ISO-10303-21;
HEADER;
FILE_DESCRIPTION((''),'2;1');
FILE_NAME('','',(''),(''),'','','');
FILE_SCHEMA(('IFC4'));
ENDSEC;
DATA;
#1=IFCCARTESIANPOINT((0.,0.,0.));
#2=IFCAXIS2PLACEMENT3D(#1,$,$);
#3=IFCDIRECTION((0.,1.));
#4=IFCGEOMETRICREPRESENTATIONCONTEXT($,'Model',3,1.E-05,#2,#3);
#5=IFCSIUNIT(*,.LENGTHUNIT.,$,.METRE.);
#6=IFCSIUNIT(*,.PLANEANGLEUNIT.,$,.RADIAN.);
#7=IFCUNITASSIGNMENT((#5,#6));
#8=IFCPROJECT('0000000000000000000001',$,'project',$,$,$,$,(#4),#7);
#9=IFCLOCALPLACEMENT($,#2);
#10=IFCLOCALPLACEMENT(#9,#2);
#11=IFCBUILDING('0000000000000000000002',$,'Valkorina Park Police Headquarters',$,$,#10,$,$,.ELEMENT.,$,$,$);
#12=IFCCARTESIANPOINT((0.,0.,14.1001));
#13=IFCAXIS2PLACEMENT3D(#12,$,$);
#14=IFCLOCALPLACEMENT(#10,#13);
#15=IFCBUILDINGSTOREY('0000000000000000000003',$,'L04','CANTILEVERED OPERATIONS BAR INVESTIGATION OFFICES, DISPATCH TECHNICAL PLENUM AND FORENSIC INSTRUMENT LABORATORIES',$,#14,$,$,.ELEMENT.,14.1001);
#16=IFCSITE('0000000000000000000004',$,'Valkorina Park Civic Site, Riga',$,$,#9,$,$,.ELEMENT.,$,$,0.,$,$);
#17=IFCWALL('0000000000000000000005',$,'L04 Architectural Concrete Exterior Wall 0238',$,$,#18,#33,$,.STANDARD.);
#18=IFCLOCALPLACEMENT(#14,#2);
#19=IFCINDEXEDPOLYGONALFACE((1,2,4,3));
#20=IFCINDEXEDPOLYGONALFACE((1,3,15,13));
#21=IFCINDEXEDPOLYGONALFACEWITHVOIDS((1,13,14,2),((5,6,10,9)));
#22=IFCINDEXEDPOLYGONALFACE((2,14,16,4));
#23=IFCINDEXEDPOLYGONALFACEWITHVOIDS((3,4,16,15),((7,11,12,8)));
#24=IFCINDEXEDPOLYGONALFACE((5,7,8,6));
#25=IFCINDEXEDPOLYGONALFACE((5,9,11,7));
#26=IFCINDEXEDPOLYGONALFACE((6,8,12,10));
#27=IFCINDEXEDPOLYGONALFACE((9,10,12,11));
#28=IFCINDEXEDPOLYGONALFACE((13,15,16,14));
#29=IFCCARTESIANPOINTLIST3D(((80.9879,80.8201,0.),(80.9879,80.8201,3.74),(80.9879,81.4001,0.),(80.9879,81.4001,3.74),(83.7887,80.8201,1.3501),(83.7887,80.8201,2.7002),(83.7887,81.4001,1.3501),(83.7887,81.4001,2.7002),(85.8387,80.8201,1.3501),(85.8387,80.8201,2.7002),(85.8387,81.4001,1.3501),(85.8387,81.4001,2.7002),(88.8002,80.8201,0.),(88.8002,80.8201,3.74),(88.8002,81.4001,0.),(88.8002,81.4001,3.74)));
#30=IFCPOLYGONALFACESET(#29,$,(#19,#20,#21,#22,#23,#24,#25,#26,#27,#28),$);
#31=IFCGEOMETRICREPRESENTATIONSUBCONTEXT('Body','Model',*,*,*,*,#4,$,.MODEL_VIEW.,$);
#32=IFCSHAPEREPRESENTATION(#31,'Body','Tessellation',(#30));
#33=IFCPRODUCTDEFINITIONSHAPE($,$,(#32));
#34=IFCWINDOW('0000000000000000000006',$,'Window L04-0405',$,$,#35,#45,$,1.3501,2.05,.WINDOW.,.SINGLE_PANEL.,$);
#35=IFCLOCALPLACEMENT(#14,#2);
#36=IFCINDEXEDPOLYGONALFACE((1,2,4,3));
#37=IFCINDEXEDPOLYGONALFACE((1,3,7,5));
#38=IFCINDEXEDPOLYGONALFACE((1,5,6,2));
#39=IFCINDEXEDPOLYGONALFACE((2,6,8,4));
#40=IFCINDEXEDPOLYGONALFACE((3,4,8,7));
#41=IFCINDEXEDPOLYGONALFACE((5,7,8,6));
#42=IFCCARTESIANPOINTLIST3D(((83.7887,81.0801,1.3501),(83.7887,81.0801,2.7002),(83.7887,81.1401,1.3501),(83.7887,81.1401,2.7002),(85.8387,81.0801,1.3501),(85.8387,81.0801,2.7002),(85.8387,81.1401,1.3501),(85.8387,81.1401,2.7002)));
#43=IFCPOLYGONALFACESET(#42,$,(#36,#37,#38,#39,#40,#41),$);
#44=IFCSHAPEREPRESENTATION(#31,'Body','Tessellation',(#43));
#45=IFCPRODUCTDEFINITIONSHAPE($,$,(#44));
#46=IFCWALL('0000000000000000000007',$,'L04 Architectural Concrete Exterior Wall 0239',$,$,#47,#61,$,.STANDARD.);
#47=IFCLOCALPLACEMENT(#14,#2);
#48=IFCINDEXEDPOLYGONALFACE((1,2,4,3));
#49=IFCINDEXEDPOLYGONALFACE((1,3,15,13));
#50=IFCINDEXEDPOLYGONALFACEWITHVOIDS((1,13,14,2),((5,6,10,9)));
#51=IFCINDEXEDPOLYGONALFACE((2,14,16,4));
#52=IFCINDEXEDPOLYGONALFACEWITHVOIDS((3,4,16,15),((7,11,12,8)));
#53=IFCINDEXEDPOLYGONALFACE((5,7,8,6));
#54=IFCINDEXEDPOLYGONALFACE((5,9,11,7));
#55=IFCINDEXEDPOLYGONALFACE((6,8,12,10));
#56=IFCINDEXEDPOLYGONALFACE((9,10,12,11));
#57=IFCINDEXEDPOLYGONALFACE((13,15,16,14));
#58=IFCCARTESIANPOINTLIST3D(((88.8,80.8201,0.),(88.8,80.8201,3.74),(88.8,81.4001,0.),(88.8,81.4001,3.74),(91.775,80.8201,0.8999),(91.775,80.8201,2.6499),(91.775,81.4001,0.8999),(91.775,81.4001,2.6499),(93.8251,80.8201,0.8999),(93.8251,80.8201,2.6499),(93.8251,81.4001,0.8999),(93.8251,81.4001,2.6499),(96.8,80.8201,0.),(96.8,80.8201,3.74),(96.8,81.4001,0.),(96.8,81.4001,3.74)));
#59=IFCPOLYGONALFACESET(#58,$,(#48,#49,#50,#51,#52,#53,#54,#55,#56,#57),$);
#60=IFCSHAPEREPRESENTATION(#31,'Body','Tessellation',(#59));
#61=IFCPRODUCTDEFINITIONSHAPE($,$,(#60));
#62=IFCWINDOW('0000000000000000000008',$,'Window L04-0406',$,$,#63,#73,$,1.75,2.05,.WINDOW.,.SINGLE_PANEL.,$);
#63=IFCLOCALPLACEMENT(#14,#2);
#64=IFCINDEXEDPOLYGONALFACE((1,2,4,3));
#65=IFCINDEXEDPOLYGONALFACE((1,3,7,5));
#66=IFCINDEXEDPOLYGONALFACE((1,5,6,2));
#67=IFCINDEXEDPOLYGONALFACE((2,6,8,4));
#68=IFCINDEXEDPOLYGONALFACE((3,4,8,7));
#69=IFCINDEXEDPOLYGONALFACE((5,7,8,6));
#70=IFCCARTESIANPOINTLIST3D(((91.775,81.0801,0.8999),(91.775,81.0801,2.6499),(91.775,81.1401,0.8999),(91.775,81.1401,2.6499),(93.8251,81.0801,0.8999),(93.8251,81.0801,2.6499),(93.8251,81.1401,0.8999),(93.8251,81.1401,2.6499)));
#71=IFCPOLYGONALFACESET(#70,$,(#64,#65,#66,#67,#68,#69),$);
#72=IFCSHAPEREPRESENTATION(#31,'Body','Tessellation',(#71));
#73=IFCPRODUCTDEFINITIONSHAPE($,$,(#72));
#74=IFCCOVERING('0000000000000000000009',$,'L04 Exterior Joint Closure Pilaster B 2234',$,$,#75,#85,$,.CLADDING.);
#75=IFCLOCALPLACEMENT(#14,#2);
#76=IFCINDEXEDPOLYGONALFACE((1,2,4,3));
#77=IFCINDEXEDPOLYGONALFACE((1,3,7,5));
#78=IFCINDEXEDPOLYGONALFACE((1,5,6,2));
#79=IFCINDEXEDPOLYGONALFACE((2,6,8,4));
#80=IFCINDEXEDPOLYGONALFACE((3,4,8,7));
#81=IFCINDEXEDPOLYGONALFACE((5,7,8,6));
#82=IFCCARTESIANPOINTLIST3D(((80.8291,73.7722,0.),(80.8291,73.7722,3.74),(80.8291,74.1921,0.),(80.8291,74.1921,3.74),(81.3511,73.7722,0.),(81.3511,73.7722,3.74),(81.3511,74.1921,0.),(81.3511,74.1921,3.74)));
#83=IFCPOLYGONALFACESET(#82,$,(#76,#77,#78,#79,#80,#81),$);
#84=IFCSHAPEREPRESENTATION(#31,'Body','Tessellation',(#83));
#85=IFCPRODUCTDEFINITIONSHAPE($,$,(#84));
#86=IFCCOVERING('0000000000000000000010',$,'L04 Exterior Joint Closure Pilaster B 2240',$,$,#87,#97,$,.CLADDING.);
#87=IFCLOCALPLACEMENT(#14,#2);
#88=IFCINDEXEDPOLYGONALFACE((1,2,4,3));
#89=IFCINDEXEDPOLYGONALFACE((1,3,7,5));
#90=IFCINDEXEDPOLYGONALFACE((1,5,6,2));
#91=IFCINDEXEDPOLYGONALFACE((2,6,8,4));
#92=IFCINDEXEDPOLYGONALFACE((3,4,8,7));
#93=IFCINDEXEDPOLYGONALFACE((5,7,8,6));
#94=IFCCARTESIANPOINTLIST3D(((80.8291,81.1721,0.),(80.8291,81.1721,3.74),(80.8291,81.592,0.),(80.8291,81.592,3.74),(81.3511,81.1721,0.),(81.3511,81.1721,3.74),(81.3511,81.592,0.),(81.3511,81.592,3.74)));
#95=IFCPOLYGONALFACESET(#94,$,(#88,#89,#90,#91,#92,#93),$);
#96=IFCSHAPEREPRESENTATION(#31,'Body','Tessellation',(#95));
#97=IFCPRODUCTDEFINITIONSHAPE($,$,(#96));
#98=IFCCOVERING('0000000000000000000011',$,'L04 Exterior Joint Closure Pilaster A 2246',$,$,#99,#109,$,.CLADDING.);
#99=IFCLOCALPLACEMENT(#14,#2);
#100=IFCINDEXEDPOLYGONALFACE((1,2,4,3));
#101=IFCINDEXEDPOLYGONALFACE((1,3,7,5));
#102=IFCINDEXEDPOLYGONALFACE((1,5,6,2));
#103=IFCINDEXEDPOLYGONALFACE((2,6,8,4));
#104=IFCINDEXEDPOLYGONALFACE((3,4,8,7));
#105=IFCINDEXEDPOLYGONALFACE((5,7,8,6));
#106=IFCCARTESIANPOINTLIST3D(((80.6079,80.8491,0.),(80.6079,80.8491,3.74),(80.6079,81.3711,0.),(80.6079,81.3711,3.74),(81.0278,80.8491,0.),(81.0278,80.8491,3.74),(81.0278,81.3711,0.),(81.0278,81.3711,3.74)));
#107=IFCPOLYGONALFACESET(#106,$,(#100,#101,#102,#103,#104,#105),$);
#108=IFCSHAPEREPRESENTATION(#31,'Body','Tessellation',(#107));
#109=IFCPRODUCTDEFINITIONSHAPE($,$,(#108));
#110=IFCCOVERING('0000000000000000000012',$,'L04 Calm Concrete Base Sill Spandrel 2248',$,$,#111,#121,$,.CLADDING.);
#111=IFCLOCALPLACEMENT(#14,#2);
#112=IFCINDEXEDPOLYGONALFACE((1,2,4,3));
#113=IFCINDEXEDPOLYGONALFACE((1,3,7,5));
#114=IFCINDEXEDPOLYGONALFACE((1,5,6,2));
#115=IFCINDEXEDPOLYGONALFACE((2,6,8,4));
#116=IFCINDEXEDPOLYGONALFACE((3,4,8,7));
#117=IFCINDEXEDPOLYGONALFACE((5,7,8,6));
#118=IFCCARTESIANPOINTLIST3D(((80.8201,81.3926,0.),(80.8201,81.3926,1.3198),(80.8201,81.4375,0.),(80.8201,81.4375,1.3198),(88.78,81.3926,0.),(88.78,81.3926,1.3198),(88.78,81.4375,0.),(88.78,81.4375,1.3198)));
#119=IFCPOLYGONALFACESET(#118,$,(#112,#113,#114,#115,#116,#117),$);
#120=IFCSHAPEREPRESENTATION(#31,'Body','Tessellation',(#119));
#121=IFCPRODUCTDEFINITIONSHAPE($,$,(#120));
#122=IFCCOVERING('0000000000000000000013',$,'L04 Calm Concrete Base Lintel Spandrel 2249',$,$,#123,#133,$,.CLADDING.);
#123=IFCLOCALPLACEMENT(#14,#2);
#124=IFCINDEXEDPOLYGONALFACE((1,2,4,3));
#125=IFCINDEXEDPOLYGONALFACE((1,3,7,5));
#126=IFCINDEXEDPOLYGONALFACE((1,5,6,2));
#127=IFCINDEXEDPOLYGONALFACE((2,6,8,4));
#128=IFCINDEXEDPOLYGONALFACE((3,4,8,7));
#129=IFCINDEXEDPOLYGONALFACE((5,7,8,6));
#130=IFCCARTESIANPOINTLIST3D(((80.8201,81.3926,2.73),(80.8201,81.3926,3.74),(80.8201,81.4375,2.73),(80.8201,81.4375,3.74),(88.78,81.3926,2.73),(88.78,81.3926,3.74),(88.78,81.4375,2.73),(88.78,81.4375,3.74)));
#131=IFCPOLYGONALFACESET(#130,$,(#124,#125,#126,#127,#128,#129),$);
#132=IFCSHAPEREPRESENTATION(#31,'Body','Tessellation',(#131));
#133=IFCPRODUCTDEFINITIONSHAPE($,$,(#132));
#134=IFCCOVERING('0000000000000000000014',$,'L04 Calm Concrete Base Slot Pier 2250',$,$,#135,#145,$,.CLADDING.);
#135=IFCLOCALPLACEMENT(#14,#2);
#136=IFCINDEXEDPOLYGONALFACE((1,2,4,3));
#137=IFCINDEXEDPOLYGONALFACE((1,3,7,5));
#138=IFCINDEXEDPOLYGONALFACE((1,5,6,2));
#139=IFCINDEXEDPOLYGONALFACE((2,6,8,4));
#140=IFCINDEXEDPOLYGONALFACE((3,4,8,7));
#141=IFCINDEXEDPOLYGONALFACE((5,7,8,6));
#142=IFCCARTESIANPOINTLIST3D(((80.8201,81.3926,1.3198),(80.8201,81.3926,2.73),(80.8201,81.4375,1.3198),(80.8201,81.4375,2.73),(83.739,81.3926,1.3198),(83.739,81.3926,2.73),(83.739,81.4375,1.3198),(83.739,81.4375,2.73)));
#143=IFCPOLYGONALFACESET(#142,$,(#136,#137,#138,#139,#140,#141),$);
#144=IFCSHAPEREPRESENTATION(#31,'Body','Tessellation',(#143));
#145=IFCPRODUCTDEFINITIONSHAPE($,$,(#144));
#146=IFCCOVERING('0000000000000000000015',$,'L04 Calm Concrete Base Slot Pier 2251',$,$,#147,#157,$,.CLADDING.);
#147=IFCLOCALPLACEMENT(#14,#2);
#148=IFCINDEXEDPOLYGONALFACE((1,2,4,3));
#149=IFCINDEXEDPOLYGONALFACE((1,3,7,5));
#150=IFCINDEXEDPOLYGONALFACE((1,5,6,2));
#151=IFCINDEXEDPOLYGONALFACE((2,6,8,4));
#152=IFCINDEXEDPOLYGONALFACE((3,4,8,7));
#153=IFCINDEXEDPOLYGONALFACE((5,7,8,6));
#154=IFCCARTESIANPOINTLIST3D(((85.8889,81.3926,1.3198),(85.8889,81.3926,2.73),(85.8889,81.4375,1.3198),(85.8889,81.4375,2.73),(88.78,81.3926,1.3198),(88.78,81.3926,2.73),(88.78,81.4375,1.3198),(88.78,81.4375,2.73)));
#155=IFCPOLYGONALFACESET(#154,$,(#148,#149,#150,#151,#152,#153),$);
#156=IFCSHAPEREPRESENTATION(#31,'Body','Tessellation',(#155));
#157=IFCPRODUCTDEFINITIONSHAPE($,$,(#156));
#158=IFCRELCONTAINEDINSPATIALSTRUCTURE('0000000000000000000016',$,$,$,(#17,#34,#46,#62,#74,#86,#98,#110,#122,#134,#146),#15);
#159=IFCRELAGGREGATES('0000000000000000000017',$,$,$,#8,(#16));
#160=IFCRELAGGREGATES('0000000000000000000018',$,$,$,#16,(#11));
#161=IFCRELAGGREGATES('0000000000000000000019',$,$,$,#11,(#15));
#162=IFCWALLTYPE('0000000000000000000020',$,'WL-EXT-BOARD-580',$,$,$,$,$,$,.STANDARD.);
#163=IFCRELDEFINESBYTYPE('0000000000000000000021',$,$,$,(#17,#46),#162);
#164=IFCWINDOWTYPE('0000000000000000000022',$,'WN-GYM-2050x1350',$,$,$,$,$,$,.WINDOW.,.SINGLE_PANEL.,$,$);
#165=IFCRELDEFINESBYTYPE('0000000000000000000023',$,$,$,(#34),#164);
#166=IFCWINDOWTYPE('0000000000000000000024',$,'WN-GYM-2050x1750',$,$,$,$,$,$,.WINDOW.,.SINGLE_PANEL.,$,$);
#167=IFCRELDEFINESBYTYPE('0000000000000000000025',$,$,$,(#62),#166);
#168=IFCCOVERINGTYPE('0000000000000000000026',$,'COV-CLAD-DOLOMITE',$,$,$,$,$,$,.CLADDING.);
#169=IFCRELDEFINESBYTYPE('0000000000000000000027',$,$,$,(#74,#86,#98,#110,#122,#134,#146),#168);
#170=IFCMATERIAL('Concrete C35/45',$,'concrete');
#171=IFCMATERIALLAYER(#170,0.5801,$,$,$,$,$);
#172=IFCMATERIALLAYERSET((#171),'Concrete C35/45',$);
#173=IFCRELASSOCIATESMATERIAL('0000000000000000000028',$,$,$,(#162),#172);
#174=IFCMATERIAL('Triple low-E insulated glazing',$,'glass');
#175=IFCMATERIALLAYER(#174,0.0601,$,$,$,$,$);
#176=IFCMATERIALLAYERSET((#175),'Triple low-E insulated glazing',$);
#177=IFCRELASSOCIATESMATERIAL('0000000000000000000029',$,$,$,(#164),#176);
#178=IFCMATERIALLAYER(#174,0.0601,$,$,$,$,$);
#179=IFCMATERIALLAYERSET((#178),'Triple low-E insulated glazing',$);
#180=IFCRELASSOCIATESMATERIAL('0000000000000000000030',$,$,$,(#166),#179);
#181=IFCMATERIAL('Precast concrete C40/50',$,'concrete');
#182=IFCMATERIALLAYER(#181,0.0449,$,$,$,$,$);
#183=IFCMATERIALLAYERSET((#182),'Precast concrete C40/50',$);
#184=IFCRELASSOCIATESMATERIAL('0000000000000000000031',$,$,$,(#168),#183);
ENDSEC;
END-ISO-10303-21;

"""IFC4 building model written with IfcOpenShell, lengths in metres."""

from ifc_helpers import new_model, si_unit, direction, frame, frame_2d, origin, origin_2d, place, context, subcontext, project, spatial, rectangle, extrude, material, layer, layer_set, type_object, element, fill, save


model = new_model("IFC4")

# Units and contexts
model_context = context("Model", 3, precision=1e-05, world=origin(), true_north=direction((0.0, 1.0)))
body_context = subcontext(model_context, "Body", "Model", "MODEL_VIEW")
ifc_project = project(units=[si_unit("LENGTHUNIT", "METRE"), si_unit("PLANEANGLEUNIT", "RADIAN")], contexts=[model_context])

# Site, building, storey
site_placement = place(None, origin())
site = spatial("IfcSite", under=ifc_project, at=site_placement, Name="Valkorina Park Civic Site, Riga", CompositionType="ELEMENT", RefElevation=0.0)
building_placement = place(site_placement, origin())
building = spatial("IfcBuilding", under=site, at=building_placement, Name="Valkorina Park Police Headquarters", CompositionType="ELEMENT")
storey_placement = place(building_placement, frame((0.0, 0.0, 14.1001)))
storey = spatial("IfcBuildingStorey", under=building, at=storey_placement, Name="L04", Description="CANTILEVERED OPERATIONS BAR INVESTIGATION OFFICES, DISPATCH TECHNICAL PLENUM AND FORENSIC INSTRUMENT LABORATORIES", CompositionType="ELEMENT", Elevation=14.1001)

# Shared definitions
ifc_material_1 = material(Name="Concrete C35/45", Category="concrete")
ifc_layer_1 = layer(ifc_material_1, 0.5801)
ifc_layer_set_1 = layer_set([ifc_layer_1], Name="Concrete C35/45")
wall_type_1 = type_object("IfcWallType", Name="WL-EXT-BOARD-580", PredefinedType="STANDARD", material=ifc_layer_set_1)
ifc_material_2 = material(Name="Triple low-E insulated glazing", Category="glass")

# Walls, openings, windows
wall_1_placement = place(storey_placement, frame((80.9878, 81.1101, 0.0), z_axis=(0.0, 0.0, 1.0), x_axis=(1.0, 0.0, 0.0)))
wall_1 = element("IfcWall", 1, at=wall_1_placement, inside=storey, type_object=wall_type_1, Name="L04 Architectural Concrete Exterior Wall 0238", PredefinedType="STANDARD", context=body_context, shape_type="SweptSolid", body=[
    extrude(rectangle(XDim=7.8123, YDim=0.5801, at=frame_2d((3.9062, 0.0))), origin(), (0.0, 0.0, 1.0), 3.74),
])
opening_1_placement = place(wall_1_placement, frame((2.801, 0.0, 1.3501)))
opening_1 = element("IfcOpeningElement", 2, at=opening_1_placement, cuts=wall_1, PredefinedType="OPENING", context=body_context, shape_type="SweptSolid", body=[
    extrude(rectangle(XDim=2.05, YDim=1.3501, at=frame_2d((1.0249, 0.675))), frame((0.0, 0.3, 0.0), z_axis=(0.0, -1.0, 0.0), x_axis=(1.0, 0.0, 0.0)), (0.0, 0.0, 1.0), 0.6001),
])
ifc_layer_2 = layer(ifc_material_2, 0.0601)
ifc_layer_set_2 = layer_set([ifc_layer_2], Name="Triple low-E insulated glazing")
window_type_1 = type_object("IfcWindowType", Name="WN-GYM-2050x1350", PartitioningType="SINGLE_PANEL", PredefinedType="WINDOW", material=ifc_layer_set_2)
window_1_placement = place(opening_1_placement, origin())
window_1 = element("IfcWindow", 3, at=window_1_placement, inside=storey, type_object=window_type_1, Name="Window L04-0405", OverallHeight=1.3501, OverallWidth=2.05, PartitioningType="SINGLE_PANEL", PredefinedType="WINDOW", context=body_context, shape_type="SweptSolid", body=[
    extrude(rectangle(XDim=2.05, YDim=1.3501, at=frame_2d((1.0249, 0.675))), frame((0.0, 0.03, 0.0), z_axis=(0.0, -1.0, 0.0), x_axis=(1.0, 0.0, 0.0)), (0.0, 0.0, 1.0), 0.0601),
])
fill(opening_1, window_1)
wall_2_placement = place(storey_placement, frame((88.8, 81.1101, 0.0), z_axis=(0.0, 0.0, 1.0), x_axis=(1.0, 0.0, 0.0)))
wall_2 = element("IfcWall", 4, at=wall_2_placement, inside=storey, type_object=wall_type_1, Name="L04 Architectural Concrete Exterior Wall 0239", PredefinedType="STANDARD", context=body_context, shape_type="SweptSolid", body=[
    extrude(rectangle(XDim=8.0, YDim=0.5801, at=frame_2d((4.0, 0.0))), origin(), (0.0, 0.0, 1.0), 3.74),
])
opening_2_placement = place(wall_2_placement, frame((2.9751, 0.0, 0.8999)))
opening_2 = element("IfcOpeningElement", 5, at=opening_2_placement, cuts=wall_2, PredefinedType="OPENING", context=body_context, shape_type="SweptSolid", body=[
    extrude(rectangle(XDim=2.05, YDim=1.75, at=frame_2d((1.0249, 0.875))), frame((0.0, 0.3, 0.0), z_axis=(0.0, -1.0, 0.0), x_axis=(1.0, 0.0, 0.0)), (0.0, 0.0, 1.0), 0.6001),
])
ifc_layer_3 = layer(ifc_material_2, 0.0601)
ifc_layer_set_3 = layer_set([ifc_layer_3], Name="Triple low-E insulated glazing")
window_type_2 = type_object("IfcWindowType", Name="WN-GYM-2050x1750", PartitioningType="SINGLE_PANEL", PredefinedType="WINDOW", material=ifc_layer_set_3)
window_2_placement = place(opening_2_placement, origin())
window_2 = element("IfcWindow", 6, at=window_2_placement, inside=storey, type_object=window_type_2, Name="Window L04-0406", OverallHeight=1.75, OverallWidth=2.05, PartitioningType="SINGLE_PANEL", PredefinedType="WINDOW", context=body_context, shape_type="SweptSolid", body=[
    extrude(rectangle(XDim=2.05, YDim=1.75, at=frame_2d((1.0249, 0.875))), frame((0.0, 0.03, 0.0), z_axis=(0.0, -1.0, 0.0), x_axis=(1.0, 0.0, 0.0)), (0.0, 0.0, 1.0), 0.0601),
])
fill(opening_2, window_2)

# Coverings
ifc_material_3 = material(Name="Precast concrete C40/50", Category="concrete")
ifc_layer_4 = layer(ifc_material_3, 0.0449)
ifc_layer_set_4 = layer_set([ifc_layer_4], Name="Precast concrete C40/50")
covering_type = type_object("IfcCoveringType", Name="COV-CLAD-DOLOMITE", PredefinedType="CLADDING", material=ifc_layer_set_4)
for number, where, z_axis, x_axis, name in (
    (7, (81.0901, 73.9822, 0.0), (0.0, 0.0, 1.0), (0.0, 1.0, 0.0), "L04 Exterior Joint Closure Pilaster B 2234"),
    (8, (81.0901, 81.3821, 0.0), (0.0, 0.0, 1.0), (0.0, 1.0, 0.0), "L04 Exterior Joint Closure Pilaster B 2240"),
    (9, (80.8179, 81.1101, 0.0), (0.0, 0.0, 1.0), (1.0, 0.0, 0.0), "L04 Exterior Joint Closure Pilaster A 2246"),
):
    element("IfcCovering", number, at=place(storey_placement, frame(where, z_axis=z_axis, x_axis=x_axis)), inside=storey, type_object=covering_type, Name=name, PredefinedType="CLADDING", context=body_context, shape_type="SweptSolid", body=[
        extrude(rectangle(XDim=0.4199, YDim=0.522, at=origin_2d()), origin(), (0.0, 0.0, 1.0), 3.74),
    ])
covering_1_placement = place(storey_placement, frame((80.8201, 81.415, 0.0), z_axis=(0.0, 0.0, 1.0), x_axis=(1.0, 0.0, 0.0)))
element("IfcCovering", 10, at=covering_1_placement, inside=storey, type_object=covering_type, Name="L04 Calm Concrete Base Sill Spandrel 2248", PredefinedType="CLADDING", context=body_context, shape_type="SweptSolid", body=[
    extrude(rectangle(XDim=7.96, YDim=0.0449, at=frame_2d((3.98, 0.0))), origin(), (0.0, 0.0, 1.0), 1.3198),
])
covering_2_placement = place(storey_placement, frame((80.8201, 81.415, 2.73), z_axis=(0.0, 0.0, 1.0), x_axis=(1.0, 0.0, 0.0)))
element("IfcCovering", 11, at=covering_2_placement, inside=storey, type_object=covering_type, Name="L04 Calm Concrete Base Lintel Spandrel 2249", PredefinedType="CLADDING", context=body_context, shape_type="SweptSolid", body=[
    extrude(rectangle(XDim=7.96, YDim=0.0449, at=frame_2d((3.98, 0.0))), origin(), (0.0, 0.0, 1.0), 1.01),
])
covering_3_placement = place(storey_placement, frame((80.8201, 81.415, 1.3198), z_axis=(0.0, 0.0, 1.0), x_axis=(1.0, 0.0, 0.0)))
element("IfcCovering", 12, at=covering_3_placement, inside=storey, type_object=covering_type, Name="L04 Calm Concrete Base Slot Pier 2250", PredefinedType="CLADDING", context=body_context, shape_type="SweptSolid", body=[
    extrude(rectangle(XDim=2.9189, YDim=0.0449, at=frame_2d((1.4595, 0.0))), origin(), (0.0, 0.0, 1.0), 1.4102),
])
covering_4_placement = place(storey_placement, frame((85.8889, 81.415, 1.3198), z_axis=(0.0, 0.0, 1.0), x_axis=(1.0, 0.0, 0.0)))
element("IfcCovering", 13, at=covering_4_placement, inside=storey, type_object=covering_type, Name="L04 Calm Concrete Base Slot Pier 2251", PredefinedType="CLADDING", context=body_context, shape_type="SweptSolid", body=[
    extrude(rectangle(XDim=2.8911, YDim=0.0449, at=frame_2d((1.4456, 0.0))), origin(), (0.0, 0.0, 1.0), 1.4102),
])

save(model, "model.ifc")
